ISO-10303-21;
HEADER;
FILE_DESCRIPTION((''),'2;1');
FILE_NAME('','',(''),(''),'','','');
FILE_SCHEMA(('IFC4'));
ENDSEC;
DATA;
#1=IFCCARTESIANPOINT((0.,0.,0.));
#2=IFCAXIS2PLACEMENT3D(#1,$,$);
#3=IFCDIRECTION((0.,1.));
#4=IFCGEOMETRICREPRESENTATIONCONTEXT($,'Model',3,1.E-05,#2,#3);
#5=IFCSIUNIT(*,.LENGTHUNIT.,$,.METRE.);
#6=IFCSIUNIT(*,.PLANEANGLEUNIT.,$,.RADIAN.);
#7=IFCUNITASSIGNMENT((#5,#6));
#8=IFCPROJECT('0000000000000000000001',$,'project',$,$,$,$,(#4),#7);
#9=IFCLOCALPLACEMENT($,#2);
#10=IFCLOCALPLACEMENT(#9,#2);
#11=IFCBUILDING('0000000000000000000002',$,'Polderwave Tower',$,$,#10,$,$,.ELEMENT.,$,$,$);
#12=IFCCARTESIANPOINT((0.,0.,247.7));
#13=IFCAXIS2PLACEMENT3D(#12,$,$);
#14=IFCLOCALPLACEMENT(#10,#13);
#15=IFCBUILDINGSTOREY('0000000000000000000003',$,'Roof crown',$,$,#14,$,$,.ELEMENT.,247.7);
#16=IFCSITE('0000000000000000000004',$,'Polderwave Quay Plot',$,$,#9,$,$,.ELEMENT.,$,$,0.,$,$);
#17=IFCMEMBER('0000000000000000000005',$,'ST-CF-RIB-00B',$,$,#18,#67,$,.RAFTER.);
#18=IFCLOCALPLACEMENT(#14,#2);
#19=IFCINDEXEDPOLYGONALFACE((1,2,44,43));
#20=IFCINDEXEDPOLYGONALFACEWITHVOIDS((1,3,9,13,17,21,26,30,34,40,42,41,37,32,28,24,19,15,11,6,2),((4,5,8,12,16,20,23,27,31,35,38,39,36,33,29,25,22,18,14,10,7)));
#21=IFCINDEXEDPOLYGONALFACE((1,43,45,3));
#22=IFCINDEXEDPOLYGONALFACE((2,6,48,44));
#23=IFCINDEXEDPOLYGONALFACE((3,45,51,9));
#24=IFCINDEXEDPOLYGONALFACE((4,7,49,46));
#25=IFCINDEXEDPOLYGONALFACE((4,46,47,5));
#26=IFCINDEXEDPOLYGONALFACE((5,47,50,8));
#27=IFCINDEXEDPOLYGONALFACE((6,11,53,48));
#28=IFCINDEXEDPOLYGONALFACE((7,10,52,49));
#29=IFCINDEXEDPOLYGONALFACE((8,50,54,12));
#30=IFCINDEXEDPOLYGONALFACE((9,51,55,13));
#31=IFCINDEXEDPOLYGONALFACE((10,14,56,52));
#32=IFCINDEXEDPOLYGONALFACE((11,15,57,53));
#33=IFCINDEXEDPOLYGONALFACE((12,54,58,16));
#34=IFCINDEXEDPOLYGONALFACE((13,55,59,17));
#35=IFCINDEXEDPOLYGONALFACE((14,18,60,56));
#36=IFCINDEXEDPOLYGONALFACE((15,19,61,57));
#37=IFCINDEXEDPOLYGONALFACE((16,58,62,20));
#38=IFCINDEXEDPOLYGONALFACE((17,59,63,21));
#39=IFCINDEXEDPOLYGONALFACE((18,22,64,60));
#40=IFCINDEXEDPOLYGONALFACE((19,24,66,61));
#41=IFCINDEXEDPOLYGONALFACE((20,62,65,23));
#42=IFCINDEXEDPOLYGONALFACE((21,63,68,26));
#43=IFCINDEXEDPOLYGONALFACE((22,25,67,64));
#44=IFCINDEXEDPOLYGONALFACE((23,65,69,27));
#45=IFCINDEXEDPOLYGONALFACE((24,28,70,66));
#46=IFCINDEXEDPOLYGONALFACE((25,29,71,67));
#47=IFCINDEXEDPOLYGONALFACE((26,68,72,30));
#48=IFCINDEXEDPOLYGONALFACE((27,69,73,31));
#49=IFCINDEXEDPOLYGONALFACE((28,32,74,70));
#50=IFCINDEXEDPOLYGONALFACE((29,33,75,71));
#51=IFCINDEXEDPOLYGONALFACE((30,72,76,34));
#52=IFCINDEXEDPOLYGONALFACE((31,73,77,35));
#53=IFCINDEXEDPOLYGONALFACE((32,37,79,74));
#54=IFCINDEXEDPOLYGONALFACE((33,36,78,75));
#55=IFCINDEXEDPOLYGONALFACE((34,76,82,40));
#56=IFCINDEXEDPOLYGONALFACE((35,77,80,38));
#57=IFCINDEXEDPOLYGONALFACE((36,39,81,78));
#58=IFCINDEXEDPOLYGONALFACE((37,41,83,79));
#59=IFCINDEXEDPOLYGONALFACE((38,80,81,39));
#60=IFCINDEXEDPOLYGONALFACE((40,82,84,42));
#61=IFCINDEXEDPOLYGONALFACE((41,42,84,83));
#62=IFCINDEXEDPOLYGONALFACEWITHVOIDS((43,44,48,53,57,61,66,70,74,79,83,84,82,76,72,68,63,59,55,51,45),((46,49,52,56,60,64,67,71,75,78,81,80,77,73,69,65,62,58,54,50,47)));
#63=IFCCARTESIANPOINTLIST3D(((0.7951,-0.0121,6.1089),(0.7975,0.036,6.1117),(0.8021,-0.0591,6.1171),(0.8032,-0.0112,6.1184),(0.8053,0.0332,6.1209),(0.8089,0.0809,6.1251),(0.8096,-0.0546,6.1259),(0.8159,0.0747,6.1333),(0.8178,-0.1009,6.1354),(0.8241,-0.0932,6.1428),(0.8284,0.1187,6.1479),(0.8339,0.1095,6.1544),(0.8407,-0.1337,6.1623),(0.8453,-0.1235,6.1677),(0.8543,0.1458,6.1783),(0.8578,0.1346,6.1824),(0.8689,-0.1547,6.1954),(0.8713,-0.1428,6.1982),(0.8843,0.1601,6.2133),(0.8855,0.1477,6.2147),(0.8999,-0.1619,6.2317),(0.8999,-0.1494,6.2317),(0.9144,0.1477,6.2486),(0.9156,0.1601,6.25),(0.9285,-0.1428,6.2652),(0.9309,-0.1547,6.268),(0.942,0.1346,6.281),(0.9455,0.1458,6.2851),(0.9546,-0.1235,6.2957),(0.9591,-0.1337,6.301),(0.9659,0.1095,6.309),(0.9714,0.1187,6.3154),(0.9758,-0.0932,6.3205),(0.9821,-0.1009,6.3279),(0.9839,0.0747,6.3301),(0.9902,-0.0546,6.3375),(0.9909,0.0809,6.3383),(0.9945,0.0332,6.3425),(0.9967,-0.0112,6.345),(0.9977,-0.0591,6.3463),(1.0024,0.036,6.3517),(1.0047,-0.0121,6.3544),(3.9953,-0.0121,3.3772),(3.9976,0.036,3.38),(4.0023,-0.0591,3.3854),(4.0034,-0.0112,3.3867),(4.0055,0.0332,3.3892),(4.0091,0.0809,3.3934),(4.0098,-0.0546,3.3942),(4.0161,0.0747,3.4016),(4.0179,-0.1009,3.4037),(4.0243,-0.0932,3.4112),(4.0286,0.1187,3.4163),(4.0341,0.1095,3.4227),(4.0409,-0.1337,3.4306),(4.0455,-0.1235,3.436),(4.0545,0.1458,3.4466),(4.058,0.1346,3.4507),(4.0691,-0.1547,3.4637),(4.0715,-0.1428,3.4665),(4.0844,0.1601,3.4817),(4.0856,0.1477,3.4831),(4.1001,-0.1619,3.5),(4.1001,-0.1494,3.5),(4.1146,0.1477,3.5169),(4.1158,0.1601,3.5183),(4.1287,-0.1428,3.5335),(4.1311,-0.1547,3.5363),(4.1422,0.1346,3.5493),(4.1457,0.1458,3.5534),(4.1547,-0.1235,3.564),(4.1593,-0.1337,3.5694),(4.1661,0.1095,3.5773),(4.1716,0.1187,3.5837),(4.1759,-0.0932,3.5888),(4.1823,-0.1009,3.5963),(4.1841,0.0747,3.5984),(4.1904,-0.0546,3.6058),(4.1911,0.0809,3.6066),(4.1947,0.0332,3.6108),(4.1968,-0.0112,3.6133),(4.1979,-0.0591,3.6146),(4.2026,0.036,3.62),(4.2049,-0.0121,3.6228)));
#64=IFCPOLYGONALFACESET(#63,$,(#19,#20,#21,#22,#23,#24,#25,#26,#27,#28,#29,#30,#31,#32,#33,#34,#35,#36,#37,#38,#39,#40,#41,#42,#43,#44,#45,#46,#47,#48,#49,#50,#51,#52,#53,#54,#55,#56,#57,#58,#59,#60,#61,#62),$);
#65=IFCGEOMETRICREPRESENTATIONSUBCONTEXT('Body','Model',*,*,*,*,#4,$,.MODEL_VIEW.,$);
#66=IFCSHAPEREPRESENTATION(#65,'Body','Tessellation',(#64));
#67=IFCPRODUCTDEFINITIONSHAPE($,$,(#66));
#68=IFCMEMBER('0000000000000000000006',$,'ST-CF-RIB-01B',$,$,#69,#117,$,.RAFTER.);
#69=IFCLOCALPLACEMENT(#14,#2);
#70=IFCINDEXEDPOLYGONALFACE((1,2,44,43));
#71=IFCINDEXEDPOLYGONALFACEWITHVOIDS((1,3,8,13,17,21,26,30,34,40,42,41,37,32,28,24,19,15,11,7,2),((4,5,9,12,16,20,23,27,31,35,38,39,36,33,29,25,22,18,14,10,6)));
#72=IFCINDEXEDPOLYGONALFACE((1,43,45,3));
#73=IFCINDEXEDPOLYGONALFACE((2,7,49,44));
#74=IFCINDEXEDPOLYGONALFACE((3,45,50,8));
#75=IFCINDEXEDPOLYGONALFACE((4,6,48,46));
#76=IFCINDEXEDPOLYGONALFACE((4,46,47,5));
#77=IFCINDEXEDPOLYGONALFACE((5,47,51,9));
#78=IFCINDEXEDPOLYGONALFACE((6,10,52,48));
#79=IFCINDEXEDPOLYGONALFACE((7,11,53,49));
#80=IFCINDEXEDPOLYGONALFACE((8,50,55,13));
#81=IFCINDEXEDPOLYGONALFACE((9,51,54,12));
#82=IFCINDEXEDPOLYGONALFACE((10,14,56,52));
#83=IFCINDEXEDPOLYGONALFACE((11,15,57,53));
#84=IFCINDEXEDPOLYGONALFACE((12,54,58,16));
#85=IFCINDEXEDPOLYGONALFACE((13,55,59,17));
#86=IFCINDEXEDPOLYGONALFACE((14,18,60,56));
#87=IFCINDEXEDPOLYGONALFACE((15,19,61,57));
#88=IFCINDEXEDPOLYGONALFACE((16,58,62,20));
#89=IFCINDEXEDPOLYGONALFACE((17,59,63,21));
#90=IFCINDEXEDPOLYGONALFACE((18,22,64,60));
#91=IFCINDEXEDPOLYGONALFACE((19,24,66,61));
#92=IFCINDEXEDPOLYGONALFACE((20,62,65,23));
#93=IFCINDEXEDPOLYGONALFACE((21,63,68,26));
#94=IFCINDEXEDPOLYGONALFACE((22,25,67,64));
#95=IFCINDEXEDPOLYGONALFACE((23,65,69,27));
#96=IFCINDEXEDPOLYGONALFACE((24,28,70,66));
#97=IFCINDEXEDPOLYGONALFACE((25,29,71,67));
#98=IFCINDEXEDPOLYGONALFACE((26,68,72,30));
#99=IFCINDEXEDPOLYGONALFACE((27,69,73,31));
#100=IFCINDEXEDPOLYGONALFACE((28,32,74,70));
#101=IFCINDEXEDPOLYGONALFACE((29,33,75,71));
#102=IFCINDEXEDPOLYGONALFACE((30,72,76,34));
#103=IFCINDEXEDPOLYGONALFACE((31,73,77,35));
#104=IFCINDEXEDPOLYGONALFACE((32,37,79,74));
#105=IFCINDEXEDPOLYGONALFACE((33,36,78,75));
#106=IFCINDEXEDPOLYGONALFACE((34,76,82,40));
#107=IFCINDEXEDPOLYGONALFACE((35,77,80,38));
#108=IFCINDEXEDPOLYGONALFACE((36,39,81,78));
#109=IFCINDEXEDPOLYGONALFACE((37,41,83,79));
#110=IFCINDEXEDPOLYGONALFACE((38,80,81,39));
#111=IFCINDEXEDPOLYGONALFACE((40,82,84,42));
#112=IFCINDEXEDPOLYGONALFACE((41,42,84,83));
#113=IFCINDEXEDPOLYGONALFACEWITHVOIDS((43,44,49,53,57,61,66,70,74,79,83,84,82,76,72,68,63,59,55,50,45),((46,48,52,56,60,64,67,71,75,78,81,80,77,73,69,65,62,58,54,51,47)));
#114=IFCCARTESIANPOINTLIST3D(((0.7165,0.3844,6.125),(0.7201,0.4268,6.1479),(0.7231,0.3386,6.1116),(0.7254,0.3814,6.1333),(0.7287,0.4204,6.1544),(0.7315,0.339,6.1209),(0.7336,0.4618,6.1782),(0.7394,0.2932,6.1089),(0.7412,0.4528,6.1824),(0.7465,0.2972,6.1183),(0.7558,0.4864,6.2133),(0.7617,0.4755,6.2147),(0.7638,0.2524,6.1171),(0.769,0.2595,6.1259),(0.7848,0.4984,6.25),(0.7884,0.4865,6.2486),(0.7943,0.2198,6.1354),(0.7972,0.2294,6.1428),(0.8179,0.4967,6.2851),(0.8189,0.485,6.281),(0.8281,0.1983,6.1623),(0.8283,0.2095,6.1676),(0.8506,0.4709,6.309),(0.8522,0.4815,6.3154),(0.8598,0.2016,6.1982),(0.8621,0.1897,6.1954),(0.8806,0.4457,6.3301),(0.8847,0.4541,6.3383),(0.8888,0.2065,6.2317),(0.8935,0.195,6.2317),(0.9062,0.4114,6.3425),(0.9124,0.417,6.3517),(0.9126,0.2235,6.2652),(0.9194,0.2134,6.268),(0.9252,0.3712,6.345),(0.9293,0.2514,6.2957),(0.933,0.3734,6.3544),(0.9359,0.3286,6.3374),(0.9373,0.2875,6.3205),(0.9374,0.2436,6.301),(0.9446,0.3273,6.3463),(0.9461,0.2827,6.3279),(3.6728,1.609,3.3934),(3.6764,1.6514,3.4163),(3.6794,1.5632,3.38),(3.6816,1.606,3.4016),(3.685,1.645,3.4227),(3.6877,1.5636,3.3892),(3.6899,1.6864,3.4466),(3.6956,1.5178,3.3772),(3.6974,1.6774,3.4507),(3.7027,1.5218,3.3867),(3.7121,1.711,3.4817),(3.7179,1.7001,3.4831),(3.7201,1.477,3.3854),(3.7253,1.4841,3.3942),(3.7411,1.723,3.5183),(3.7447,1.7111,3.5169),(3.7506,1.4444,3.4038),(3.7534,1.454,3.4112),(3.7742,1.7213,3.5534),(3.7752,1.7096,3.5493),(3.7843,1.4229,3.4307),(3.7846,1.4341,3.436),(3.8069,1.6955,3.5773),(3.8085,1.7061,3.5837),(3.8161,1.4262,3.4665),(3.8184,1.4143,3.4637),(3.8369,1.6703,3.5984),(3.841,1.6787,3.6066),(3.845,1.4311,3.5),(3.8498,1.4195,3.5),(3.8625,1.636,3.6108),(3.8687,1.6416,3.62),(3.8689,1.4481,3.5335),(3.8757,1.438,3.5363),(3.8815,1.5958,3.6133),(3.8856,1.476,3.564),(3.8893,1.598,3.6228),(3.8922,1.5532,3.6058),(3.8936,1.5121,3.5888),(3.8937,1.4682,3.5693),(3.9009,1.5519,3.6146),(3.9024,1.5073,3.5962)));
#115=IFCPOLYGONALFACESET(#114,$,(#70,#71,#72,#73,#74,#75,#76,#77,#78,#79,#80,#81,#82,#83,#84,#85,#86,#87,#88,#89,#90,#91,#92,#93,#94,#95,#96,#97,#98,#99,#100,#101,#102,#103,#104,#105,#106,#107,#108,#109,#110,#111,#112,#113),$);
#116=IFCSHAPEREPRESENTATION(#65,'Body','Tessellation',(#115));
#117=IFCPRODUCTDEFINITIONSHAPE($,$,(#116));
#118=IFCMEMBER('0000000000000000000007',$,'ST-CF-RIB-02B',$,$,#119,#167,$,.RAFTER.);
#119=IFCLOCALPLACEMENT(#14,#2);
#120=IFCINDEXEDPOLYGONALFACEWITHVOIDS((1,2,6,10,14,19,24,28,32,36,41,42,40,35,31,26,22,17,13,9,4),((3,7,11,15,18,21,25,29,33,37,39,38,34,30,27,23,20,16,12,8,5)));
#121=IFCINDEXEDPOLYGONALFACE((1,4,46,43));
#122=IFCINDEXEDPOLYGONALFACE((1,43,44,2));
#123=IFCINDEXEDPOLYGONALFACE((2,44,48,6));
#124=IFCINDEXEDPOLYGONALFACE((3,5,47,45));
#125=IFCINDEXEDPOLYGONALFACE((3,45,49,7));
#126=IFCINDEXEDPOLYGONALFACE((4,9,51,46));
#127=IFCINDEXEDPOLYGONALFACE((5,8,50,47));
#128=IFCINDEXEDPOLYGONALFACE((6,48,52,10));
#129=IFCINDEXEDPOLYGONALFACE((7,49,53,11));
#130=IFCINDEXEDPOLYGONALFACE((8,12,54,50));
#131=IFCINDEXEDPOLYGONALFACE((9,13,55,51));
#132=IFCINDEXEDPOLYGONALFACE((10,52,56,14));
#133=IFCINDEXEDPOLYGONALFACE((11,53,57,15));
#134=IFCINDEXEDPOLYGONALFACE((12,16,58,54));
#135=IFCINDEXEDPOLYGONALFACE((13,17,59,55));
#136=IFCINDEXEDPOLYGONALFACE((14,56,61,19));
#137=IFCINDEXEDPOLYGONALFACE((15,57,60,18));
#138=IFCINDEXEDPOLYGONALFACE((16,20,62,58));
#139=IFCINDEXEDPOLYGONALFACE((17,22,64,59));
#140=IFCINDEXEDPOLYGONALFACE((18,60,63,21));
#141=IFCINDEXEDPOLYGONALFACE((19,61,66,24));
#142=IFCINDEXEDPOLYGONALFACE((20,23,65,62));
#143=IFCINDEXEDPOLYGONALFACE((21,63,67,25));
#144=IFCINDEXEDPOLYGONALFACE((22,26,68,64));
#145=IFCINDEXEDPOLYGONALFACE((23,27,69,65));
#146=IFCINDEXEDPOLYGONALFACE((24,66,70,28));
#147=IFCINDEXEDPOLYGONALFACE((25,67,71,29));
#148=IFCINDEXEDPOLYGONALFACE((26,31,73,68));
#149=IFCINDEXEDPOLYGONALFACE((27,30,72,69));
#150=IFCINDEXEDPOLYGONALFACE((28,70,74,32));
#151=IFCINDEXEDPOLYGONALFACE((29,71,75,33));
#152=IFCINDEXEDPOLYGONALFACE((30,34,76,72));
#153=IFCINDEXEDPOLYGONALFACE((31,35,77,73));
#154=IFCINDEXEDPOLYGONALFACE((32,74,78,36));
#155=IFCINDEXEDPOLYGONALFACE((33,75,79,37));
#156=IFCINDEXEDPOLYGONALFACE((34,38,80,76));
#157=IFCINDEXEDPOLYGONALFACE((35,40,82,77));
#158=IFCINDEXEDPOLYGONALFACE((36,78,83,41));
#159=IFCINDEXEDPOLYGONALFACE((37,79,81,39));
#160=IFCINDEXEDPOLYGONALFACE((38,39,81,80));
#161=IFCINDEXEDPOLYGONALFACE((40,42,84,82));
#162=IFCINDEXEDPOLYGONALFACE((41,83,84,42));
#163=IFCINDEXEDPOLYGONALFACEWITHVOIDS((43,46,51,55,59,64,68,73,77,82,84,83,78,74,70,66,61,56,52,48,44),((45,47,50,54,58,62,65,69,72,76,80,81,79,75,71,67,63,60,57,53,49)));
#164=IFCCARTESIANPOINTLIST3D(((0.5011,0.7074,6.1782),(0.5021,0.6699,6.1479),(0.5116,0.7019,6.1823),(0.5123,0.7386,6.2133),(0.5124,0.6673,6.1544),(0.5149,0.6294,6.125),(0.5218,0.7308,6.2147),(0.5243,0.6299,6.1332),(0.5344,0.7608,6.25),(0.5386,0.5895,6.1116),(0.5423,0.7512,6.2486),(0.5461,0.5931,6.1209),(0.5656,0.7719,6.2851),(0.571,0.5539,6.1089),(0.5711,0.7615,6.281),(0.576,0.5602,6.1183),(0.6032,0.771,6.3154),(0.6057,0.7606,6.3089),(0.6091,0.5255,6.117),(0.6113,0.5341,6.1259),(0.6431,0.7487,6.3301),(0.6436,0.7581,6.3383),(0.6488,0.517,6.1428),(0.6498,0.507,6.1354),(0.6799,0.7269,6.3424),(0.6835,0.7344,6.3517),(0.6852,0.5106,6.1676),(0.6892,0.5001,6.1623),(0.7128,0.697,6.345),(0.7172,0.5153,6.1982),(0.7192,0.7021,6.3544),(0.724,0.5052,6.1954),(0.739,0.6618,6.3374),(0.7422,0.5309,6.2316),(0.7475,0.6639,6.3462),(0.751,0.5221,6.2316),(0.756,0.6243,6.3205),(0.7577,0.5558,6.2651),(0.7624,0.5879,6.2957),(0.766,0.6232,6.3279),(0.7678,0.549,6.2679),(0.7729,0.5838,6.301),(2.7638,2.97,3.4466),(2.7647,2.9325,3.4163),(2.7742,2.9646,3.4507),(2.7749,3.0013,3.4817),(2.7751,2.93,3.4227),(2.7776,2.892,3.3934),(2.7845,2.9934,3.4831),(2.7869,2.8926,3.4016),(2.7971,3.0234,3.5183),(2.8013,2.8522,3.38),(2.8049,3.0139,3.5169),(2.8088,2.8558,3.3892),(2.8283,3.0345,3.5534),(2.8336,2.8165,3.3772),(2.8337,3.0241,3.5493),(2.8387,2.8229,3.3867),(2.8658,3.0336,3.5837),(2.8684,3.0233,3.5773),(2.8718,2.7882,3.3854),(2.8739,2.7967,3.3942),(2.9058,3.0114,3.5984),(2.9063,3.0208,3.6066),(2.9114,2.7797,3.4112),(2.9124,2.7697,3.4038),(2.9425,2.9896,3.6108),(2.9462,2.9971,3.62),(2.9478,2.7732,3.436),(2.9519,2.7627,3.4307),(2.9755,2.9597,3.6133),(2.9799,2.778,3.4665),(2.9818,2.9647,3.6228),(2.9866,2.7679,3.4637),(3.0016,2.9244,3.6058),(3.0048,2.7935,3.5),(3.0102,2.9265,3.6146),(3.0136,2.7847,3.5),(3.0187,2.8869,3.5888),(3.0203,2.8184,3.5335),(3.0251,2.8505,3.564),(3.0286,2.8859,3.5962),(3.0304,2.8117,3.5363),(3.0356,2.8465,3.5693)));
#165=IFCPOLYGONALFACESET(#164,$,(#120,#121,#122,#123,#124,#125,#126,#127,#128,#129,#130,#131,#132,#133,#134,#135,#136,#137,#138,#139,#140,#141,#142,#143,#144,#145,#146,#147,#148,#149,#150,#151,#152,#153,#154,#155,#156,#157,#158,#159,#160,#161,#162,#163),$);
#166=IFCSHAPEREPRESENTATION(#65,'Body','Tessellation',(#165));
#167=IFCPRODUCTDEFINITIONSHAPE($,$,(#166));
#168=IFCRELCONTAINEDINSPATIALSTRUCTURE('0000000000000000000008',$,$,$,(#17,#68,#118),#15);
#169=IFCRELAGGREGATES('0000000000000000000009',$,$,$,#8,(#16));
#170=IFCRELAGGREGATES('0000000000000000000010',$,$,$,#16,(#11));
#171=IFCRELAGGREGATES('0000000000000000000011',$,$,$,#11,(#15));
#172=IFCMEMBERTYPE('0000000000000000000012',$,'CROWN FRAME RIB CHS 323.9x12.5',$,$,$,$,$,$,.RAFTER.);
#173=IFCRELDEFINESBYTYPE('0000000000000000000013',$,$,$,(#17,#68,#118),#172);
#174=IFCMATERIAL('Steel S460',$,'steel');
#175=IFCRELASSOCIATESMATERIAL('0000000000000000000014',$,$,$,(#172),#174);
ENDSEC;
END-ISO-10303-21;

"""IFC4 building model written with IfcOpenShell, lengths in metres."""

from ifc_helpers import new_model, si_unit, direction, frame, origin, origin_2d, place, context, subcontext, project, spatial, hollow_circle, extrude, material, material_profile, profile_set, type_object, element, save


model = new_model("IFC4")

# Units and contexts
model_context = context("Model", 3, precision=1e-05, world=origin(), true_north=direction((0.0, 1.0)))
body_context = subcontext(model_context, "Body", "Model", "MODEL_VIEW")
ifc_project = project(units=[si_unit("LENGTHUNIT", "METRE"), si_unit("PLANEANGLEUNIT", "RADIAN")], contexts=[model_context])

# Site, building, storey
site_placement = place(None, origin())
site = spatial("IfcSite", under=ifc_project, at=site_placement, Name="Polderwave Quay Plot", CompositionType="ELEMENT", RefElevation=0.0)
building_placement = place(site_placement, origin())
building = spatial("IfcBuilding", under=site, at=building_placement, Name="Polderwave Tower", CompositionType="ELEMENT")
storey_placement = place(building_placement, frame((0.0, 0.0, 247.7)))
storey = spatial("IfcBuildingStorey", under=building, at=storey_placement, Name="Roof crown", CompositionType="ELEMENT", Elevation=247.7)

# Members
ifc_material_1 = material(Name="Steel S460", Category="steel")
ifc_material_profile_1 = material_profile(ifc_material_1, hollow_circle(Radius=0.1619, WallThickness=0.0125, at=origin_2d()), Name="CHS 323.9x12.5")
ifc_profile_set_1 = profile_set([ifc_material_profile_1], Name="Steel S460")
member_type_1 = type_object("IfcMemberType", Name="CROWN FRAME RIB CHS 323.9x12.5", PredefinedType="RAFTER", material=ifc_profile_set_1)
member_1_placement = place(storey_placement, frame((4.1001, 0.0, 3.5), z_axis=(-0.760586, 0.0, 0.649237), x_axis=(0.0, -1.0, 0.0)))
element("IfcMember", 1, at=member_1_placement, inside=storey, type_object=member_type_1, Name="ST-CF-RIB-00B", PredefinedType="RAFTER", context=body_context, shape_type="SweptSolid", body=[
    extrude(hollow_circle(Radius=0.1619, WallThickness=0.0125, at=origin_2d()), origin(), (0.0, 0.0, 1.0), 4.2075),
])
for number, where, z_axis, x_axis, name in (
    (2, (3.7878, 1.5691, 3.5), (-0.702657, -0.291067, 0.649271), (0.382702, -0.923872, 0.0), "ST-CF-RIB-01B"),
    (3, (2.8992, 2.8992, 3.5), (-0.537797, -0.537797, 0.649268), (0.707107, -0.707107, 0.0), "ST-CF-RIB-02B"),
):
    element("IfcMember", number, at=place(storey_placement, frame(where, z_axis=z_axis, x_axis=x_axis)), inside=storey, type_object=member_type_1, Name=name, PredefinedType="RAFTER", context=body_context, shape_type="SweptSolid", body=[
        extrude(hollow_circle(Radius=0.1619, WallThickness=0.0125, at=origin_2d()), origin(), (0.0, 0.0, 1.0), 4.2073),
    ])

save(model, "model.ifc")
